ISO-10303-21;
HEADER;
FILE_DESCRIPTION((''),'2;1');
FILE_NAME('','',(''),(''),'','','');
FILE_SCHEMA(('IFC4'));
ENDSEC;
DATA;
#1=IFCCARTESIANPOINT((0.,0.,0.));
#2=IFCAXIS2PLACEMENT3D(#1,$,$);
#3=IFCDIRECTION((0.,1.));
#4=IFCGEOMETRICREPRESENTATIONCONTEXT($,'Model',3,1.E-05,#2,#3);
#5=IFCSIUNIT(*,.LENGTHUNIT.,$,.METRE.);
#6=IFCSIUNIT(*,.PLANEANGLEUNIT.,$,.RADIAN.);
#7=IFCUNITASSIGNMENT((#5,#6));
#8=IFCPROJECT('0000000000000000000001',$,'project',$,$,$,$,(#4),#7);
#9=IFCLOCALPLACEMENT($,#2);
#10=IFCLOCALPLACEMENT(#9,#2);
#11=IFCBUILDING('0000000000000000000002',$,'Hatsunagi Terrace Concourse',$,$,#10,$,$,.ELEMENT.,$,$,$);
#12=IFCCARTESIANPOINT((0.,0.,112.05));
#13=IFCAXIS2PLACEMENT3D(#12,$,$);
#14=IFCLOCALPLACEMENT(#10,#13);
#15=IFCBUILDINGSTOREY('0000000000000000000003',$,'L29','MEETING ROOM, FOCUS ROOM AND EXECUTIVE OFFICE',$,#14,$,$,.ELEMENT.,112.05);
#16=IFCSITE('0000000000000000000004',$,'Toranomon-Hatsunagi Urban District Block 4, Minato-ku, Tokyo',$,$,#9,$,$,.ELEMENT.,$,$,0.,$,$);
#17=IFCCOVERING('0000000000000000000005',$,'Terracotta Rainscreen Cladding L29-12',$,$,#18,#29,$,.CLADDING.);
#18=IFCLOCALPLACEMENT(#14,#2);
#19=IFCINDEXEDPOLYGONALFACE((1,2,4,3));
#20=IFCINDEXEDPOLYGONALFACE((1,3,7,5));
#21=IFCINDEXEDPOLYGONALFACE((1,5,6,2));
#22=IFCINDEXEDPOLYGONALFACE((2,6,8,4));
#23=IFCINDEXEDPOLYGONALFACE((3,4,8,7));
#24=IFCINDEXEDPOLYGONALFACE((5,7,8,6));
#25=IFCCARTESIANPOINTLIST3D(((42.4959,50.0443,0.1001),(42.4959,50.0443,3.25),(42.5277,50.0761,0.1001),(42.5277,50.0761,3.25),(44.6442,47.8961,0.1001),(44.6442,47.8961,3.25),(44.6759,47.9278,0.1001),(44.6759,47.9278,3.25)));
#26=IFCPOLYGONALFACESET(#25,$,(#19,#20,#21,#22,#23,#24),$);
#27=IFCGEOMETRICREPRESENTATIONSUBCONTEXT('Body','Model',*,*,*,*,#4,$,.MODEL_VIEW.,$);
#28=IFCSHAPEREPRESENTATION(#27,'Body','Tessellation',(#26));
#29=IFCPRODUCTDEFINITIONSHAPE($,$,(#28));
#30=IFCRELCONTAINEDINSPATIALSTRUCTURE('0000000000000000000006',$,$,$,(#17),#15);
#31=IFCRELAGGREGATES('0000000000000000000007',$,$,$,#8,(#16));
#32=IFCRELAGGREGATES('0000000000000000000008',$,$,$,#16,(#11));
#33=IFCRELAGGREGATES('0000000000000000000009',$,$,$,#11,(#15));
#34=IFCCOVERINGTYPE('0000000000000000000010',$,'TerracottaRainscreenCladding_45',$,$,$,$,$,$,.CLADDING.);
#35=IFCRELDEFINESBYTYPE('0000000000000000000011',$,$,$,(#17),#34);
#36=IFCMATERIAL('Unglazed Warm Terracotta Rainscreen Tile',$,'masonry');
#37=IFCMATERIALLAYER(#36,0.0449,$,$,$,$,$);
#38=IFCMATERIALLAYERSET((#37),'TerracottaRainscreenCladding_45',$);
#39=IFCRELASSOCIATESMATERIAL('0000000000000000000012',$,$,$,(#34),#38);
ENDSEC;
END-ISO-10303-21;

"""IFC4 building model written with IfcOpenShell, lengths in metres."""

from ifc_helpers import new_model, si_unit, direction, frame, origin, origin_2d, place, context, subcontext, project, spatial, rectangle, extrude, material, layer, layer_set, type_object, element, save


model = new_model("IFC4")

# Units and contexts
model_context = context("Model", 3, precision=1e-05, world=origin(), true_north=direction((0.0, 1.0)))
body_context = subcontext(model_context, "Body", "Model", "MODEL_VIEW")
ifc_project = project(units=[si_unit("LENGTHUNIT", "METRE"), si_unit("PLANEANGLEUNIT", "RADIAN")], contexts=[model_context])

# Site, building, storey
site_placement = place(None, origin())
site = spatial("IfcSite", under=ifc_project, at=site_placement, Name="Toranomon-Hatsunagi Urban District Block 4, Minato-ku, Tokyo", CompositionType="ELEMENT", RefElevation=0.0)
building_placement = place(site_placement, origin())
building = spatial("IfcBuilding", under=site, at=building_placement, Name="Hatsunagi Terrace Concourse", CompositionType="ELEMENT")
storey_placement = place(building_placement, frame((0.0, 0.0, 112.05)))
storey = spatial("IfcBuildingStorey", under=building, at=storey_placement, Name="L29", Description="MEETING ROOM, FOCUS ROOM AND EXECUTIVE OFFICE", CompositionType="ELEMENT", Elevation=112.05)

# Covering
ifc_material_1 = material(Name="Unglazed Warm Terracotta Rainscreen Tile", Category="masonry")
ifc_layer_1 = layer(ifc_material_1, 0.0449)
ifc_layer_set_1 = layer_set([ifc_layer_1], Name="TerracottaRainscreenCladding_45")
covering_type = type_object("IfcCoveringType", Name="TerracottaRainscreenCladding_45", PredefinedType="CLADDING", material=ifc_layer_set_1)
covering_placement = place(storey_placement, frame((43.5859, 48.9861, 0.1001), z_axis=(0.0, 0.0, 1.0), x_axis=(0.707107, -0.707107, 0.0)))
element("IfcCovering", 1, at=covering_placement, inside=storey, type_object=covering_type, Name="Terracotta Rainscreen Cladding L29-12", PredefinedType="CLADDING", context=body_context, shape_type="SweptSolid", body=[
    extrude(rectangle(XDim=3.0381, YDim=0.0449, at=origin_2d()), origin(), (0.0, 0.0, 1.0), 3.1499),
])

save(model, "model.ifc")
